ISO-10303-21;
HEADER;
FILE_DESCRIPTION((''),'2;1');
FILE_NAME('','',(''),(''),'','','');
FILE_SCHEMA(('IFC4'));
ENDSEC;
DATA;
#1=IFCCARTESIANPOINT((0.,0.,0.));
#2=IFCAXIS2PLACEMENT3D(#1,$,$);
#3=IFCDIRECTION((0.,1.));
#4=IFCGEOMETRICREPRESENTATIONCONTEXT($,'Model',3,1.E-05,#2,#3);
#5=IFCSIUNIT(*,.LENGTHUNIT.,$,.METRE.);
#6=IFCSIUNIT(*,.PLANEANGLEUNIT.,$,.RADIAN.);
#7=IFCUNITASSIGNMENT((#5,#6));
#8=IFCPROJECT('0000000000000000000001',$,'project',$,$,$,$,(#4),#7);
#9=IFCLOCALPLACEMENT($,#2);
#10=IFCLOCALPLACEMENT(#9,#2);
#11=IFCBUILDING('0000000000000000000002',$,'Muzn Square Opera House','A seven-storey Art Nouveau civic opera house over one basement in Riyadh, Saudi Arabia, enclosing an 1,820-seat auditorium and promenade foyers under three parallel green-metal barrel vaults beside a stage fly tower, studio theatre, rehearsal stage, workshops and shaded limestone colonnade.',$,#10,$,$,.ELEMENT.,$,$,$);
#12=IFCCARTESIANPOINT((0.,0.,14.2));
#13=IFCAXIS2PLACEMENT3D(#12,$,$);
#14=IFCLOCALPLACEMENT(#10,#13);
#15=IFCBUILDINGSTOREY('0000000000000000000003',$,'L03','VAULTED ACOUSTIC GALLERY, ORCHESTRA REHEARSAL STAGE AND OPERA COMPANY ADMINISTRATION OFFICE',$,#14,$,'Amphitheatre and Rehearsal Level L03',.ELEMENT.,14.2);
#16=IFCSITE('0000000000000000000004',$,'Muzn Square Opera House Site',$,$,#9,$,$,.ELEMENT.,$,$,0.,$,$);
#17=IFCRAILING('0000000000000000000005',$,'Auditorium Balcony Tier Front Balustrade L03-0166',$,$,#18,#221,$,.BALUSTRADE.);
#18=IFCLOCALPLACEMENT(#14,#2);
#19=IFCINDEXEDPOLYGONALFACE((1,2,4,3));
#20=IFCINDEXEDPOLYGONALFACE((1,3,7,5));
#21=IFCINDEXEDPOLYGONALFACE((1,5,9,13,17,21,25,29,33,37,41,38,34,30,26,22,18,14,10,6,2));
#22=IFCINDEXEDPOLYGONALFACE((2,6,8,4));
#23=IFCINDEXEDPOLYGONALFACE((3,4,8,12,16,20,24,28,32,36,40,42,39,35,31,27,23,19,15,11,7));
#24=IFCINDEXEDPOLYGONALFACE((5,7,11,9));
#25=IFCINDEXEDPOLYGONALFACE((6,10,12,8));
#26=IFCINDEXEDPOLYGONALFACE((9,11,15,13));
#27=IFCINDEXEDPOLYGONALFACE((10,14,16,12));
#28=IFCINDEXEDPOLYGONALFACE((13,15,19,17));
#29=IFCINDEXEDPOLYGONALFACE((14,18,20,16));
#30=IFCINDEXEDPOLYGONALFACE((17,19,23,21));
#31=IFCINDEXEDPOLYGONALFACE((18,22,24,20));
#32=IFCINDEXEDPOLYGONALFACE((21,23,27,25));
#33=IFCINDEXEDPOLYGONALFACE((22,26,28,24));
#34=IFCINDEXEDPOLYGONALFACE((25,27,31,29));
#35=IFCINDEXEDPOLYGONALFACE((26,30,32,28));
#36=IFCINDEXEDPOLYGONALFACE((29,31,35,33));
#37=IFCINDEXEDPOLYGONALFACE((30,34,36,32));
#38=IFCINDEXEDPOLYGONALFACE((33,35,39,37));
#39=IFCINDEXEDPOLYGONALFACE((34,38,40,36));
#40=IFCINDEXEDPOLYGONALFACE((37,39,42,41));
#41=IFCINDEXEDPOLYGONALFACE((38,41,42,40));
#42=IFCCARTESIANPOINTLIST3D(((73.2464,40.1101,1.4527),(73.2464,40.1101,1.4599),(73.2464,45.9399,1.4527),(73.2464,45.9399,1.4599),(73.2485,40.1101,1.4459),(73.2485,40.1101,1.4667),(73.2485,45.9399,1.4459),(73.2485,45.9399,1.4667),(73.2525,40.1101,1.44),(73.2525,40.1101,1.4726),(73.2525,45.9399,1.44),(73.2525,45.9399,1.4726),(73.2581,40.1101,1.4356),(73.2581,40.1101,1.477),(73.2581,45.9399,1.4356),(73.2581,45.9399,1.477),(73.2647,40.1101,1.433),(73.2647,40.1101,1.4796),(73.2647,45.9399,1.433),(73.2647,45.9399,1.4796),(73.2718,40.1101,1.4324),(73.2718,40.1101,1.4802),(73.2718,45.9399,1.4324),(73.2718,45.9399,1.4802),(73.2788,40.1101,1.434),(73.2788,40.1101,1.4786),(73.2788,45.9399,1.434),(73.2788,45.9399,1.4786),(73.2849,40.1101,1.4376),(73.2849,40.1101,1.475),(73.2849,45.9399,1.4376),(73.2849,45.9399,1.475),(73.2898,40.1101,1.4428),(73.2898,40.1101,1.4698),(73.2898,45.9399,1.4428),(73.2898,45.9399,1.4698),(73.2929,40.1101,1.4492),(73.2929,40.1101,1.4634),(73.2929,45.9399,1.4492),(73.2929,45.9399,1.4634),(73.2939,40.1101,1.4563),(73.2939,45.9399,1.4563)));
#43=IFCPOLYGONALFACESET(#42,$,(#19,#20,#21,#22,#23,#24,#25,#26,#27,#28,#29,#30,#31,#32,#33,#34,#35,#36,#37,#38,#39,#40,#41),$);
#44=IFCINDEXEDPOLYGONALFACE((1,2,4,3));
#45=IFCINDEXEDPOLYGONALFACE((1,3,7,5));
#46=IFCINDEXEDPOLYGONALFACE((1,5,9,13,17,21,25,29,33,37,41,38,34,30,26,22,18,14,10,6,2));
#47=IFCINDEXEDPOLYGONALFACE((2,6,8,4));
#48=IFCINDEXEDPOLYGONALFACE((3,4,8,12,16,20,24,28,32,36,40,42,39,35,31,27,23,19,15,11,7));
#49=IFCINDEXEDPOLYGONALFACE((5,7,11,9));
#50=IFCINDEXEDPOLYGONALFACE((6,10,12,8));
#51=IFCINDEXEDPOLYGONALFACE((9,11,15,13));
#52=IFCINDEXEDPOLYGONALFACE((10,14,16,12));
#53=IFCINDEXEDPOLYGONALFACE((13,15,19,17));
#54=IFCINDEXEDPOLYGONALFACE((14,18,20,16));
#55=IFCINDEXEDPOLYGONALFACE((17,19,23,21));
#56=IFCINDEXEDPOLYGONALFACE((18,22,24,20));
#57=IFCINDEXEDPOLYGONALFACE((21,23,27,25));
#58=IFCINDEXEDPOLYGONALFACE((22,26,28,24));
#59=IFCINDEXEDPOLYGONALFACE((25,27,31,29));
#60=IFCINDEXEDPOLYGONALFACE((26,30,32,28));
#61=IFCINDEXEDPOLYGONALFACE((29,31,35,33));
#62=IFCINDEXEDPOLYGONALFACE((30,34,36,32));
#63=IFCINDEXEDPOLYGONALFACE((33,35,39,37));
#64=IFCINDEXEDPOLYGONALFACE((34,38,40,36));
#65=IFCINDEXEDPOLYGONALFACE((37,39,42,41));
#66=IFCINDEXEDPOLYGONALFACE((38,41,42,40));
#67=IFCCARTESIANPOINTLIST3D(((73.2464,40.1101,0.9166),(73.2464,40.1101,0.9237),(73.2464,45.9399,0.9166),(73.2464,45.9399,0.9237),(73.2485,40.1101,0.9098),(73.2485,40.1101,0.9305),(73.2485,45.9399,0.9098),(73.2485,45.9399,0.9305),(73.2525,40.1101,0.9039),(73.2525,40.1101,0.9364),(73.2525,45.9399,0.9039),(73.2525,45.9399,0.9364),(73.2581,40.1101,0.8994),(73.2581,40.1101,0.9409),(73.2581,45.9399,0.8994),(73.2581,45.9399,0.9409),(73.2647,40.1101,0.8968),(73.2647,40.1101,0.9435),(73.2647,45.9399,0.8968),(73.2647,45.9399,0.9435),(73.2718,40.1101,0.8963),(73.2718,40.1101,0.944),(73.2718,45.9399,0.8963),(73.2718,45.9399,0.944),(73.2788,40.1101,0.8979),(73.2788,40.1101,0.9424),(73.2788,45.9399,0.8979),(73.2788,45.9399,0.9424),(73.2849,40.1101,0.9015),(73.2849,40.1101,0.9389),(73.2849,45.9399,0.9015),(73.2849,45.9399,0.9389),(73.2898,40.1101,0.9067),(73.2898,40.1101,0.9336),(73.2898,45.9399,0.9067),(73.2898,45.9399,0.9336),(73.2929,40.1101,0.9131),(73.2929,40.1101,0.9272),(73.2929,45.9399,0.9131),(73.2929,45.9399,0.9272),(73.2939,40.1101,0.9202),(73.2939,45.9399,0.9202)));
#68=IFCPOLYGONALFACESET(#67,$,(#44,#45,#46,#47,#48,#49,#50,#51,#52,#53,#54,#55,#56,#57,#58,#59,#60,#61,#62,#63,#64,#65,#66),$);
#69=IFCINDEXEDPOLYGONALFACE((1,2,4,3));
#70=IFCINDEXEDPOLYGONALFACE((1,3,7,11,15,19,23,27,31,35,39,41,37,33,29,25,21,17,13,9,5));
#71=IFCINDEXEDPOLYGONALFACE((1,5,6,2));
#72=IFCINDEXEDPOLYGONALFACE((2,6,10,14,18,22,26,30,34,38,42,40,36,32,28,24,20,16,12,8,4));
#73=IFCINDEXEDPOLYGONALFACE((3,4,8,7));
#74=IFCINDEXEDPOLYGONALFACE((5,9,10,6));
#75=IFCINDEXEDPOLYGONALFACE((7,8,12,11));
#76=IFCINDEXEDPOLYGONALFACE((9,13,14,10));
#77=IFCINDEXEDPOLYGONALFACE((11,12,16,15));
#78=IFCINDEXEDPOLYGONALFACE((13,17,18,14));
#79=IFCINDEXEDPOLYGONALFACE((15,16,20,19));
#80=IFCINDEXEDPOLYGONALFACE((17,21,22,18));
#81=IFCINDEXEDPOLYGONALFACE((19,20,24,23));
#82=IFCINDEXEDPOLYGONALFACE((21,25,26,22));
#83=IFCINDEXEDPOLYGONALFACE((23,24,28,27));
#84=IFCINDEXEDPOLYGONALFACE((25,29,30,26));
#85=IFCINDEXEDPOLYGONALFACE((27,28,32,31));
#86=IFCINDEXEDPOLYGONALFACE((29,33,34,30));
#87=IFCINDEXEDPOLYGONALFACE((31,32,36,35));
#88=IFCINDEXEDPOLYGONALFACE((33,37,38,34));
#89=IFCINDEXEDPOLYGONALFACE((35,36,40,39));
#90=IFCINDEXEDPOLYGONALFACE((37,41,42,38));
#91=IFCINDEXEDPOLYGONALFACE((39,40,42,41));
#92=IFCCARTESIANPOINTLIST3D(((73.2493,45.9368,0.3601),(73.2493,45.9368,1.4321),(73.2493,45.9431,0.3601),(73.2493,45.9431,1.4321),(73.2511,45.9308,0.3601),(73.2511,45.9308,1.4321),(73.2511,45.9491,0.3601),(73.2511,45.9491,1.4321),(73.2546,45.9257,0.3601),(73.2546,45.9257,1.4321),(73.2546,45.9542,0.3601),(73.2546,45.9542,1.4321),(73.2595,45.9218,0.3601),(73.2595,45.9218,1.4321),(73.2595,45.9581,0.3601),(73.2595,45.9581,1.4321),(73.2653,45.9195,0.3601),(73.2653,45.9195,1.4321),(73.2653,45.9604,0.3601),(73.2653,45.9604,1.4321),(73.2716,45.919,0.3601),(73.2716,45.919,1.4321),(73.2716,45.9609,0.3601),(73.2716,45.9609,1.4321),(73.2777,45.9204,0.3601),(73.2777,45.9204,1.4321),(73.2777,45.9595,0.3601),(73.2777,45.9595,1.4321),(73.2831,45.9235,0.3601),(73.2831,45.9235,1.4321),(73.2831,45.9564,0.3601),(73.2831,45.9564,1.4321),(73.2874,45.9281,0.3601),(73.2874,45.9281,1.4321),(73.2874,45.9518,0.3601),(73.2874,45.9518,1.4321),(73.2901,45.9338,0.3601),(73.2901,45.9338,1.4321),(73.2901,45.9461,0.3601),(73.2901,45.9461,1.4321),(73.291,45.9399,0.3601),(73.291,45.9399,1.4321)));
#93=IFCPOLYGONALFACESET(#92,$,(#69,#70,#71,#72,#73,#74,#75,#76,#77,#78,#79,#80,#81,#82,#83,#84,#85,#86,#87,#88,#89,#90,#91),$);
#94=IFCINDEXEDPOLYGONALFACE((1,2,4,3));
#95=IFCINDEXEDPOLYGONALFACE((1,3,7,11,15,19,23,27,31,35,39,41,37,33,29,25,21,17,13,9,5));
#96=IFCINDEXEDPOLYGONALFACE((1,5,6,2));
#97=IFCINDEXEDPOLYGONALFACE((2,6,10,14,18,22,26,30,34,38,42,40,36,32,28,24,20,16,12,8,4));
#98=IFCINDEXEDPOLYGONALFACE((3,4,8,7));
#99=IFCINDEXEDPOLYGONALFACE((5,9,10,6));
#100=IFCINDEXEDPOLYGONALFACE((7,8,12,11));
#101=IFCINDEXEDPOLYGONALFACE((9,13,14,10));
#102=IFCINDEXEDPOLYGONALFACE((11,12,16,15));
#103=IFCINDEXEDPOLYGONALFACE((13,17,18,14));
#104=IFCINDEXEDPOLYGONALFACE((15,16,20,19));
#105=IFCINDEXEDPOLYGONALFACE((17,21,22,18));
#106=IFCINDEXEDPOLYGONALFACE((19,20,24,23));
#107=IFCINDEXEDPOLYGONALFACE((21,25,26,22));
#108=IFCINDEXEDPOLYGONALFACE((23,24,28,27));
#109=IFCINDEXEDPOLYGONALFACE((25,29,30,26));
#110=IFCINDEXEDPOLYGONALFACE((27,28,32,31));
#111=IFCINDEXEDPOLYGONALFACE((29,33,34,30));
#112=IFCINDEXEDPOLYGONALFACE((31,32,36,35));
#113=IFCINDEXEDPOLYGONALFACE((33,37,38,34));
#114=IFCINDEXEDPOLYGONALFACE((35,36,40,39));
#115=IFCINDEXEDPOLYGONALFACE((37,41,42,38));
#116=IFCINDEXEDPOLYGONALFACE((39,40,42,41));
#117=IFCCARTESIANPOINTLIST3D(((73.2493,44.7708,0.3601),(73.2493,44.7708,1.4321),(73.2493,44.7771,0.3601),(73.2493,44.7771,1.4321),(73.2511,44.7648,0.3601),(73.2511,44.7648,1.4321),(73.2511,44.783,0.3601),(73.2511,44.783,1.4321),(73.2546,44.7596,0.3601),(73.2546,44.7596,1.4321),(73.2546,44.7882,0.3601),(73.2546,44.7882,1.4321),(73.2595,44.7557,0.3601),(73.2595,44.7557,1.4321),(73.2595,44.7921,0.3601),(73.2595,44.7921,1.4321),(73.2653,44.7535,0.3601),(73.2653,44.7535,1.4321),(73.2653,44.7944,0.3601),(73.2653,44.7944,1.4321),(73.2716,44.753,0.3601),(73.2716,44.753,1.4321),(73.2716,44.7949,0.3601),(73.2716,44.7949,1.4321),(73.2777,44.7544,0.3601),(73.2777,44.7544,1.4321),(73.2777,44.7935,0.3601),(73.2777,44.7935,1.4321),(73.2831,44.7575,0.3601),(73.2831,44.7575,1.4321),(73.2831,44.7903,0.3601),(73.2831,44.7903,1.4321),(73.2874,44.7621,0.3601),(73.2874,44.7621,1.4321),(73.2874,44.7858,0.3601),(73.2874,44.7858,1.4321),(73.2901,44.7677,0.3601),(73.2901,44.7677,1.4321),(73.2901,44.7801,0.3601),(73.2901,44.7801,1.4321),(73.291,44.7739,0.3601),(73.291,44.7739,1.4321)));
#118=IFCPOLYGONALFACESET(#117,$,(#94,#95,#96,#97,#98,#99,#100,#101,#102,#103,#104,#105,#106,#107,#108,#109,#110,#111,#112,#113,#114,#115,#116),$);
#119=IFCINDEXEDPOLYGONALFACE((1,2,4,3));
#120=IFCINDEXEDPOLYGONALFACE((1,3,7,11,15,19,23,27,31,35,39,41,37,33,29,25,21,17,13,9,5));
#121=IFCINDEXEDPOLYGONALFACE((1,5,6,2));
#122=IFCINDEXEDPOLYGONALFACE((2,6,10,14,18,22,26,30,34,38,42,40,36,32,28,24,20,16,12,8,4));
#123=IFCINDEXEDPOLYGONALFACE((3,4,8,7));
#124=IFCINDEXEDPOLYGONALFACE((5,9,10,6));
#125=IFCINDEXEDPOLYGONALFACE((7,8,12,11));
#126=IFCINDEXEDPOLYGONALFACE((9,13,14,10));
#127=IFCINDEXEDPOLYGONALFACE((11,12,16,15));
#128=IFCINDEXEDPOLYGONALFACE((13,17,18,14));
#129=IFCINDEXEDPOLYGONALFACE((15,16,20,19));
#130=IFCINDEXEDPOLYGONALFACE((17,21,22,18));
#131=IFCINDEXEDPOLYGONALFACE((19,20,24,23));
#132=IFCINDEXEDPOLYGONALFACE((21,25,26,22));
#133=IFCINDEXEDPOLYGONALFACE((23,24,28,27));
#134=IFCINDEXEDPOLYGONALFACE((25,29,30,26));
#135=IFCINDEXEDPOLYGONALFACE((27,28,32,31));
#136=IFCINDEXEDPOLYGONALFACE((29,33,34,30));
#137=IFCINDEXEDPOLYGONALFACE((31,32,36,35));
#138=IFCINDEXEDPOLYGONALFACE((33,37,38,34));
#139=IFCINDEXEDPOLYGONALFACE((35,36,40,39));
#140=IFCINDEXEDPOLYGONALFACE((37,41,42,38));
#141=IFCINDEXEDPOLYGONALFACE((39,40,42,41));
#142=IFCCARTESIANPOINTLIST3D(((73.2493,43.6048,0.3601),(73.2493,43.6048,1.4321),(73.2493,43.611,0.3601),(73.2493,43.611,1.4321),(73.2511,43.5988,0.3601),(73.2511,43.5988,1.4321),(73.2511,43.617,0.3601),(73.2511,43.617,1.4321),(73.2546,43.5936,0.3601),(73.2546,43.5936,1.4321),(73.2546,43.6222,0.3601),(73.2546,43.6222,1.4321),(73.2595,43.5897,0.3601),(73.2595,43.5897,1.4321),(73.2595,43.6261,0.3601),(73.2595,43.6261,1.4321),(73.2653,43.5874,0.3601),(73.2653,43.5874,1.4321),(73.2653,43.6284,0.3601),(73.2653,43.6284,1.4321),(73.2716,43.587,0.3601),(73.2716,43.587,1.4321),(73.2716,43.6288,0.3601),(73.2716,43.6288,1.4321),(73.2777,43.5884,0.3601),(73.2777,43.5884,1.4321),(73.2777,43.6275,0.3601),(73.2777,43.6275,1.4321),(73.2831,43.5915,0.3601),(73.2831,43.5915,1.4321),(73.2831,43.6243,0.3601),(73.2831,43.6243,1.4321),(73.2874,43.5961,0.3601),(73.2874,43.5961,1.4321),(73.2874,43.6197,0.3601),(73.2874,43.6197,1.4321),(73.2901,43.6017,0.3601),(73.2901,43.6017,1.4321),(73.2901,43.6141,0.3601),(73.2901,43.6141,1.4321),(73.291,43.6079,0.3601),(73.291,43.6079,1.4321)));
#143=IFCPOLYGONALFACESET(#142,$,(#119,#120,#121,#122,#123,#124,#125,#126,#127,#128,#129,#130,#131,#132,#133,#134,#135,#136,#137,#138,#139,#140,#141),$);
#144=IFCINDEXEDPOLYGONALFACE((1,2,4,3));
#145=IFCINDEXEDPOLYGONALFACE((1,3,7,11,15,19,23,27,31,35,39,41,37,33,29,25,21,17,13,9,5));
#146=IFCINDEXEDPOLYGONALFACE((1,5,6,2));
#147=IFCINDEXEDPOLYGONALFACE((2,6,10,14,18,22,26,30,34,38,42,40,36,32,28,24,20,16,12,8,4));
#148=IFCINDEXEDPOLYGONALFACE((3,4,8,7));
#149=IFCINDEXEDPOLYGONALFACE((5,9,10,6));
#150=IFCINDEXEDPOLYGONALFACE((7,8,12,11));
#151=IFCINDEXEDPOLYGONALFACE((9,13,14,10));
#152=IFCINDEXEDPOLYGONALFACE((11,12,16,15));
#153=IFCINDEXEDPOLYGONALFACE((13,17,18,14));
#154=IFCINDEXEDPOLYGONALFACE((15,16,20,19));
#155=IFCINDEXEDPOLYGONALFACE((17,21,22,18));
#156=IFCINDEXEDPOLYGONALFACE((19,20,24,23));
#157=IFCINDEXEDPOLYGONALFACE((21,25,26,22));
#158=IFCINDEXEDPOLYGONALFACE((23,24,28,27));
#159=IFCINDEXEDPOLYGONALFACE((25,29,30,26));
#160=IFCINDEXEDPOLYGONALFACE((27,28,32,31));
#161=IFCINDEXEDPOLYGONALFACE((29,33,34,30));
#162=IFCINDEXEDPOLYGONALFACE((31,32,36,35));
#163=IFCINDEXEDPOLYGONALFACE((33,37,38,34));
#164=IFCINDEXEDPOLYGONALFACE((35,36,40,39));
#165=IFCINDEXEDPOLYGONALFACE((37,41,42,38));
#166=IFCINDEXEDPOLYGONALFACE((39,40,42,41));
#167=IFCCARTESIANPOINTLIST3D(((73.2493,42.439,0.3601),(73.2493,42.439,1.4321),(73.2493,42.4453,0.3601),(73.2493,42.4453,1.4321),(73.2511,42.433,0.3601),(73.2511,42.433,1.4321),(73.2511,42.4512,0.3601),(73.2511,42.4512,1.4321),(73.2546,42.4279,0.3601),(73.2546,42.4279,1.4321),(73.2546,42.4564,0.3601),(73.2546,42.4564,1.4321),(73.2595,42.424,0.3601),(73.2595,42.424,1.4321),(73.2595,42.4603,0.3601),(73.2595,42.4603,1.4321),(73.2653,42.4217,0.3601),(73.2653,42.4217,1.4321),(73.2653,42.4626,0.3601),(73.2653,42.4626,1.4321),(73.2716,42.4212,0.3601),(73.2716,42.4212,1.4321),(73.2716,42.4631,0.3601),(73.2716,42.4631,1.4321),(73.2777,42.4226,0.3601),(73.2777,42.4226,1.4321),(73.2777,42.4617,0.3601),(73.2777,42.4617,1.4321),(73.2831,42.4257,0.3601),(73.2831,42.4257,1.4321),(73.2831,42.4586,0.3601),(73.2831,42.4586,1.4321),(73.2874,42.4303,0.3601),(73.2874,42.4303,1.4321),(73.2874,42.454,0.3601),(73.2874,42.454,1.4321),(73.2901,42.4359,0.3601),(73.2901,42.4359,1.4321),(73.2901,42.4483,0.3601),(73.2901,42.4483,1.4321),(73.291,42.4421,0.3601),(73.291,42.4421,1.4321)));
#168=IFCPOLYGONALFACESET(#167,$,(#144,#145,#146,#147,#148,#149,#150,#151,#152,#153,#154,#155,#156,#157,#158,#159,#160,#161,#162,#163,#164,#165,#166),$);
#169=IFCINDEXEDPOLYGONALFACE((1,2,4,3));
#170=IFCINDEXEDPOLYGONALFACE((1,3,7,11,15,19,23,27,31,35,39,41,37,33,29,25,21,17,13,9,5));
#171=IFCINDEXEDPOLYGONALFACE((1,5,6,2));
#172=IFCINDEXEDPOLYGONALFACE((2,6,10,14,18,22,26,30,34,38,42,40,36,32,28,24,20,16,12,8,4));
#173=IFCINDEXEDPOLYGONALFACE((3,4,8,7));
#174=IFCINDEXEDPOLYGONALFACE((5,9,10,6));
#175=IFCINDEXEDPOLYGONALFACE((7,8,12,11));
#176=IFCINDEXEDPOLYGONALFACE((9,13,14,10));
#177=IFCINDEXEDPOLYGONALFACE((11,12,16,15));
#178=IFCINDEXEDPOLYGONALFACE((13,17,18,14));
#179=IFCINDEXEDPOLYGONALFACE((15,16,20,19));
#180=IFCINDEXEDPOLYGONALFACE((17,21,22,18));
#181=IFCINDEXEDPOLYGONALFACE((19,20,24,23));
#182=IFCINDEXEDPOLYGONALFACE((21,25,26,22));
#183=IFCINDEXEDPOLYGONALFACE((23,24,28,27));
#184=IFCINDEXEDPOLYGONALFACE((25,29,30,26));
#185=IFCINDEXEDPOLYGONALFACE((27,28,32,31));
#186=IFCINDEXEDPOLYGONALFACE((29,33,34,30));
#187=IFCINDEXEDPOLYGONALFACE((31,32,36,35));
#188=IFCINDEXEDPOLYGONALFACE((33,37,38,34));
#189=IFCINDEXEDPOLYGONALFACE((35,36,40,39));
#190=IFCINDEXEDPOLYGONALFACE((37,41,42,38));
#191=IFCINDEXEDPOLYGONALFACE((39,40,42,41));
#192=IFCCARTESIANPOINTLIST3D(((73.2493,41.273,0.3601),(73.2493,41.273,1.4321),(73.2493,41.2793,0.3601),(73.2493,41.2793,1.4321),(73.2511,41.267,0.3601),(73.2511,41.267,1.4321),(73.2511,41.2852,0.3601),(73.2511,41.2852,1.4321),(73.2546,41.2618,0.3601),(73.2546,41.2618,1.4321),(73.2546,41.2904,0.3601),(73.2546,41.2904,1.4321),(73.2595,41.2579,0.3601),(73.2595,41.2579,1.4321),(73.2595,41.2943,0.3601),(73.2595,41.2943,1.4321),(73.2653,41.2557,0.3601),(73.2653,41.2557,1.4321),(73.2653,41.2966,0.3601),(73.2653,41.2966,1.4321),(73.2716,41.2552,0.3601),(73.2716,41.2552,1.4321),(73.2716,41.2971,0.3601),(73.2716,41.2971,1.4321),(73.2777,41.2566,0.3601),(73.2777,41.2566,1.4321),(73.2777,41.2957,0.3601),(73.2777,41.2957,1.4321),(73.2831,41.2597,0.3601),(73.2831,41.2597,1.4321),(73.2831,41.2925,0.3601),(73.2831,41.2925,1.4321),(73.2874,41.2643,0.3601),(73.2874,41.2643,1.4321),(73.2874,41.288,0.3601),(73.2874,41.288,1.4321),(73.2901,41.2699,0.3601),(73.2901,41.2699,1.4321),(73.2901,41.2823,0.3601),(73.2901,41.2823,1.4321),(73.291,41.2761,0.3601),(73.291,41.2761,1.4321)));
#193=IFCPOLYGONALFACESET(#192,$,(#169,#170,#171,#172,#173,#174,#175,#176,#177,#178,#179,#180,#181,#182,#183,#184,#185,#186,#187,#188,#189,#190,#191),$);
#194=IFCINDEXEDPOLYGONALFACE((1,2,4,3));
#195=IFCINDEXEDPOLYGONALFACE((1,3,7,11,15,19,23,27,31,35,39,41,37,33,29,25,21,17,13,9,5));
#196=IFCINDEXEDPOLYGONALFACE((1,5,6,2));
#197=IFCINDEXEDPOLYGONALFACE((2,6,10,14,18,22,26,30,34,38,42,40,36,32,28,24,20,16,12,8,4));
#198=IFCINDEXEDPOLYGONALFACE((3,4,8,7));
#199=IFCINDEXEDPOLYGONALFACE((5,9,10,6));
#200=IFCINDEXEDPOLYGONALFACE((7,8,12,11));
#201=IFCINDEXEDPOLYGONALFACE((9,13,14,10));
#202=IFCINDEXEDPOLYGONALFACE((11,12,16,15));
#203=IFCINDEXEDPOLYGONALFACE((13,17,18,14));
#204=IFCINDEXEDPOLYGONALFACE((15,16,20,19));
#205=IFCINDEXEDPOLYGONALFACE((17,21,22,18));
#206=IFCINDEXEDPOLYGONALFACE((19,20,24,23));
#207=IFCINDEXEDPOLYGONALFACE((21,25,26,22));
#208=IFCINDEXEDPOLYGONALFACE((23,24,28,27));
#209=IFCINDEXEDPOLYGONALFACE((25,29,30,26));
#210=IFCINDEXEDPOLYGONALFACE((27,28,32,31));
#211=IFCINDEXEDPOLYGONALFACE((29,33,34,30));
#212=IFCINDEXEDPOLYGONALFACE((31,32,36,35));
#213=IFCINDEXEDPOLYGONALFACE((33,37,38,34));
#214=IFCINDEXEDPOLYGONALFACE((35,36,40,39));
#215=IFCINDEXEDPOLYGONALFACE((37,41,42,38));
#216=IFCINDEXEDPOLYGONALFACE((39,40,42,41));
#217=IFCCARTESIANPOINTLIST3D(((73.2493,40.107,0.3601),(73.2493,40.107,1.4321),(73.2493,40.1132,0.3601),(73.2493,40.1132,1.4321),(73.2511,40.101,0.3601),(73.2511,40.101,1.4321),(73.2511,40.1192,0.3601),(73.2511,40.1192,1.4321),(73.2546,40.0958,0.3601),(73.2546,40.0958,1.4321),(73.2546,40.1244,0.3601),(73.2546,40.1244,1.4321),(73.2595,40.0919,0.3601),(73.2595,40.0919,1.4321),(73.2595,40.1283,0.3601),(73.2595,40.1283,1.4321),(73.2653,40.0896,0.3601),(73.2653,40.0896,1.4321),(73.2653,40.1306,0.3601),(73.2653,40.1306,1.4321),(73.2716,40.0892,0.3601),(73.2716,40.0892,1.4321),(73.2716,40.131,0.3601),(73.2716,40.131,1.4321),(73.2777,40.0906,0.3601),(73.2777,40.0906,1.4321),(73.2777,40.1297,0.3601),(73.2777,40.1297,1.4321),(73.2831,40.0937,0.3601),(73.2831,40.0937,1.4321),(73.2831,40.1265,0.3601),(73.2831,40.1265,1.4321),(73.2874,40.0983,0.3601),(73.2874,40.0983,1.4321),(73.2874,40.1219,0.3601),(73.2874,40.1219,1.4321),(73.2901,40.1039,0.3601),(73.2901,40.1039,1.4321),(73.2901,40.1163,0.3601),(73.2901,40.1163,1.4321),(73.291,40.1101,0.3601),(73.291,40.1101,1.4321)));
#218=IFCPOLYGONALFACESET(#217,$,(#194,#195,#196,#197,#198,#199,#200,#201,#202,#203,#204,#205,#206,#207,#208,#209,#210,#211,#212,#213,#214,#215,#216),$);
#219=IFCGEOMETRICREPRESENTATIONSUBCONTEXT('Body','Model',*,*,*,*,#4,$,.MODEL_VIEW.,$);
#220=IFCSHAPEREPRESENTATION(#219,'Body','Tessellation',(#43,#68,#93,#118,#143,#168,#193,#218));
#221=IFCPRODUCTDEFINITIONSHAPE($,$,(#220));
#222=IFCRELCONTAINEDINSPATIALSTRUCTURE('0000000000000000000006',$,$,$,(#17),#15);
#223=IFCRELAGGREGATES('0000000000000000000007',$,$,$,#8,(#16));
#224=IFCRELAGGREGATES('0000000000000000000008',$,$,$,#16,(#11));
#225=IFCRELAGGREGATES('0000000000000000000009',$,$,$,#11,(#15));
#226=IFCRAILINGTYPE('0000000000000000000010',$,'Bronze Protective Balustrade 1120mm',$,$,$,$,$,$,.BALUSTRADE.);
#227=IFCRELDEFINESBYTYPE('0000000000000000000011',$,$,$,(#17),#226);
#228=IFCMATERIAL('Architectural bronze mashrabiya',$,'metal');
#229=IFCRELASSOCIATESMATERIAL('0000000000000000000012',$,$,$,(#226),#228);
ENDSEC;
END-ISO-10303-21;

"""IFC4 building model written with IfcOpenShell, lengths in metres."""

from ifc_helpers import new_model, si_unit, direction, frame, origin, origin_2d, place, context, subcontext, project, spatial, circle, extrude, material, type_object, element, save


model = new_model("IFC4")

# Units and contexts
model_context = context("Model", 3, precision=1e-05, world=origin(), true_north=direction((0.0, 1.0)))
body_context = subcontext(model_context, "Body", "Model", "MODEL_VIEW")
ifc_project = project(units=[si_unit("LENGTHUNIT", "METRE"), si_unit("PLANEANGLEUNIT", "RADIAN")], contexts=[model_context])

# Site, building, storey
site_placement = place(None, origin())
site = spatial("IfcSite", under=ifc_project, at=site_placement, Name="Muzn Square Opera House Site", CompositionType="ELEMENT", RefElevation=0.0)
building_placement = place(site_placement, origin())
building = spatial("IfcBuilding", under=site, at=building_placement, Name="Muzn Square Opera House", Description="A seven-storey Art Nouveau civic opera house over one basement in Riyadh, Saudi Arabia, enclosing an 1,820-seat auditorium and promenade foyers under three parallel green-metal barrel vaults beside a stage fly tower, studio theatre, rehearsal stage, workshops and shaded limestone colonnade.", CompositionType="ELEMENT")
storey_placement = place(building_placement, frame((0.0, 0.0, 14.2)))
storey = spatial("IfcBuildingStorey", under=building, at=storey_placement, Name="L03", Description="VAULTED ACOUSTIC GALLERY, ORCHESTRA REHEARSAL STAGE AND OPERA COMPANY ADMINISTRATION OFFICE", LongName="Amphitheatre and Rehearsal Level L03", CompositionType="ELEMENT", Elevation=14.2)

# Railing
ifc_material_1 = material(Name="Architectural bronze mashrabiya", Category="metal")
railing_type = type_object("IfcRailingType", Name="Bronze Protective Balustrade 1120mm", PredefinedType="BALUSTRADE", material=ifc_material_1)
railing_1_placement = place(storey_placement, frame((73.27, 45.9399, 0.3601)))
element("IfcRailing", 1, at=railing_1_placement, inside=storey, type_object=railing_type, Name="Auditorium Balcony Tier Front Balustrade L03-0166", PredefinedType="BALUSTRADE", context=body_context, shape_type="SweptSolid", body=[
    extrude(circle(Radius=0.0239, at=origin_2d()), frame((0.0, 0.0, 1.0962), z_axis=(0.0, -1.0, 0.0), x_axis=(1.0, 0.0, 0.0)), (0.0, 0.0, 1.0), 5.8298),
    extrude(circle(Radius=0.0239, at=origin_2d()), frame((0.0, 0.0, 0.5601), z_axis=(0.0, -1.0, 0.0), x_axis=(1.0, 0.0, 0.0)), (0.0, 0.0, 1.0), 5.8298),
    extrude(circle(Radius=0.021, at=origin_2d()), origin(), (0.0, 0.0, 1.0), 1.072),
    extrude(circle(Radius=0.021, at=origin_2d()), frame((0.0, -1.166, 0.0)), (0.0, 0.0, 1.0), 1.072),
    extrude(circle(Radius=0.021, at=origin_2d()), frame((0.0, -2.332, 0.0)), (0.0, 0.0, 1.0), 1.072),
    extrude(circle(Radius=0.021, at=origin_2d()), frame((0.0, -3.4978, 0.0)), (0.0, 0.0, 1.0), 1.072),
    extrude(circle(Radius=0.021, at=origin_2d()), frame((0.0, -4.6638, 0.0)), (0.0, 0.0, 1.0), 1.072),
    extrude(circle(Radius=0.021, at=origin_2d()), frame((0.0, -5.8298, 0.0)), (0.0, 0.0, 1.0), 1.072),
])

save(model, "model.ifc")
